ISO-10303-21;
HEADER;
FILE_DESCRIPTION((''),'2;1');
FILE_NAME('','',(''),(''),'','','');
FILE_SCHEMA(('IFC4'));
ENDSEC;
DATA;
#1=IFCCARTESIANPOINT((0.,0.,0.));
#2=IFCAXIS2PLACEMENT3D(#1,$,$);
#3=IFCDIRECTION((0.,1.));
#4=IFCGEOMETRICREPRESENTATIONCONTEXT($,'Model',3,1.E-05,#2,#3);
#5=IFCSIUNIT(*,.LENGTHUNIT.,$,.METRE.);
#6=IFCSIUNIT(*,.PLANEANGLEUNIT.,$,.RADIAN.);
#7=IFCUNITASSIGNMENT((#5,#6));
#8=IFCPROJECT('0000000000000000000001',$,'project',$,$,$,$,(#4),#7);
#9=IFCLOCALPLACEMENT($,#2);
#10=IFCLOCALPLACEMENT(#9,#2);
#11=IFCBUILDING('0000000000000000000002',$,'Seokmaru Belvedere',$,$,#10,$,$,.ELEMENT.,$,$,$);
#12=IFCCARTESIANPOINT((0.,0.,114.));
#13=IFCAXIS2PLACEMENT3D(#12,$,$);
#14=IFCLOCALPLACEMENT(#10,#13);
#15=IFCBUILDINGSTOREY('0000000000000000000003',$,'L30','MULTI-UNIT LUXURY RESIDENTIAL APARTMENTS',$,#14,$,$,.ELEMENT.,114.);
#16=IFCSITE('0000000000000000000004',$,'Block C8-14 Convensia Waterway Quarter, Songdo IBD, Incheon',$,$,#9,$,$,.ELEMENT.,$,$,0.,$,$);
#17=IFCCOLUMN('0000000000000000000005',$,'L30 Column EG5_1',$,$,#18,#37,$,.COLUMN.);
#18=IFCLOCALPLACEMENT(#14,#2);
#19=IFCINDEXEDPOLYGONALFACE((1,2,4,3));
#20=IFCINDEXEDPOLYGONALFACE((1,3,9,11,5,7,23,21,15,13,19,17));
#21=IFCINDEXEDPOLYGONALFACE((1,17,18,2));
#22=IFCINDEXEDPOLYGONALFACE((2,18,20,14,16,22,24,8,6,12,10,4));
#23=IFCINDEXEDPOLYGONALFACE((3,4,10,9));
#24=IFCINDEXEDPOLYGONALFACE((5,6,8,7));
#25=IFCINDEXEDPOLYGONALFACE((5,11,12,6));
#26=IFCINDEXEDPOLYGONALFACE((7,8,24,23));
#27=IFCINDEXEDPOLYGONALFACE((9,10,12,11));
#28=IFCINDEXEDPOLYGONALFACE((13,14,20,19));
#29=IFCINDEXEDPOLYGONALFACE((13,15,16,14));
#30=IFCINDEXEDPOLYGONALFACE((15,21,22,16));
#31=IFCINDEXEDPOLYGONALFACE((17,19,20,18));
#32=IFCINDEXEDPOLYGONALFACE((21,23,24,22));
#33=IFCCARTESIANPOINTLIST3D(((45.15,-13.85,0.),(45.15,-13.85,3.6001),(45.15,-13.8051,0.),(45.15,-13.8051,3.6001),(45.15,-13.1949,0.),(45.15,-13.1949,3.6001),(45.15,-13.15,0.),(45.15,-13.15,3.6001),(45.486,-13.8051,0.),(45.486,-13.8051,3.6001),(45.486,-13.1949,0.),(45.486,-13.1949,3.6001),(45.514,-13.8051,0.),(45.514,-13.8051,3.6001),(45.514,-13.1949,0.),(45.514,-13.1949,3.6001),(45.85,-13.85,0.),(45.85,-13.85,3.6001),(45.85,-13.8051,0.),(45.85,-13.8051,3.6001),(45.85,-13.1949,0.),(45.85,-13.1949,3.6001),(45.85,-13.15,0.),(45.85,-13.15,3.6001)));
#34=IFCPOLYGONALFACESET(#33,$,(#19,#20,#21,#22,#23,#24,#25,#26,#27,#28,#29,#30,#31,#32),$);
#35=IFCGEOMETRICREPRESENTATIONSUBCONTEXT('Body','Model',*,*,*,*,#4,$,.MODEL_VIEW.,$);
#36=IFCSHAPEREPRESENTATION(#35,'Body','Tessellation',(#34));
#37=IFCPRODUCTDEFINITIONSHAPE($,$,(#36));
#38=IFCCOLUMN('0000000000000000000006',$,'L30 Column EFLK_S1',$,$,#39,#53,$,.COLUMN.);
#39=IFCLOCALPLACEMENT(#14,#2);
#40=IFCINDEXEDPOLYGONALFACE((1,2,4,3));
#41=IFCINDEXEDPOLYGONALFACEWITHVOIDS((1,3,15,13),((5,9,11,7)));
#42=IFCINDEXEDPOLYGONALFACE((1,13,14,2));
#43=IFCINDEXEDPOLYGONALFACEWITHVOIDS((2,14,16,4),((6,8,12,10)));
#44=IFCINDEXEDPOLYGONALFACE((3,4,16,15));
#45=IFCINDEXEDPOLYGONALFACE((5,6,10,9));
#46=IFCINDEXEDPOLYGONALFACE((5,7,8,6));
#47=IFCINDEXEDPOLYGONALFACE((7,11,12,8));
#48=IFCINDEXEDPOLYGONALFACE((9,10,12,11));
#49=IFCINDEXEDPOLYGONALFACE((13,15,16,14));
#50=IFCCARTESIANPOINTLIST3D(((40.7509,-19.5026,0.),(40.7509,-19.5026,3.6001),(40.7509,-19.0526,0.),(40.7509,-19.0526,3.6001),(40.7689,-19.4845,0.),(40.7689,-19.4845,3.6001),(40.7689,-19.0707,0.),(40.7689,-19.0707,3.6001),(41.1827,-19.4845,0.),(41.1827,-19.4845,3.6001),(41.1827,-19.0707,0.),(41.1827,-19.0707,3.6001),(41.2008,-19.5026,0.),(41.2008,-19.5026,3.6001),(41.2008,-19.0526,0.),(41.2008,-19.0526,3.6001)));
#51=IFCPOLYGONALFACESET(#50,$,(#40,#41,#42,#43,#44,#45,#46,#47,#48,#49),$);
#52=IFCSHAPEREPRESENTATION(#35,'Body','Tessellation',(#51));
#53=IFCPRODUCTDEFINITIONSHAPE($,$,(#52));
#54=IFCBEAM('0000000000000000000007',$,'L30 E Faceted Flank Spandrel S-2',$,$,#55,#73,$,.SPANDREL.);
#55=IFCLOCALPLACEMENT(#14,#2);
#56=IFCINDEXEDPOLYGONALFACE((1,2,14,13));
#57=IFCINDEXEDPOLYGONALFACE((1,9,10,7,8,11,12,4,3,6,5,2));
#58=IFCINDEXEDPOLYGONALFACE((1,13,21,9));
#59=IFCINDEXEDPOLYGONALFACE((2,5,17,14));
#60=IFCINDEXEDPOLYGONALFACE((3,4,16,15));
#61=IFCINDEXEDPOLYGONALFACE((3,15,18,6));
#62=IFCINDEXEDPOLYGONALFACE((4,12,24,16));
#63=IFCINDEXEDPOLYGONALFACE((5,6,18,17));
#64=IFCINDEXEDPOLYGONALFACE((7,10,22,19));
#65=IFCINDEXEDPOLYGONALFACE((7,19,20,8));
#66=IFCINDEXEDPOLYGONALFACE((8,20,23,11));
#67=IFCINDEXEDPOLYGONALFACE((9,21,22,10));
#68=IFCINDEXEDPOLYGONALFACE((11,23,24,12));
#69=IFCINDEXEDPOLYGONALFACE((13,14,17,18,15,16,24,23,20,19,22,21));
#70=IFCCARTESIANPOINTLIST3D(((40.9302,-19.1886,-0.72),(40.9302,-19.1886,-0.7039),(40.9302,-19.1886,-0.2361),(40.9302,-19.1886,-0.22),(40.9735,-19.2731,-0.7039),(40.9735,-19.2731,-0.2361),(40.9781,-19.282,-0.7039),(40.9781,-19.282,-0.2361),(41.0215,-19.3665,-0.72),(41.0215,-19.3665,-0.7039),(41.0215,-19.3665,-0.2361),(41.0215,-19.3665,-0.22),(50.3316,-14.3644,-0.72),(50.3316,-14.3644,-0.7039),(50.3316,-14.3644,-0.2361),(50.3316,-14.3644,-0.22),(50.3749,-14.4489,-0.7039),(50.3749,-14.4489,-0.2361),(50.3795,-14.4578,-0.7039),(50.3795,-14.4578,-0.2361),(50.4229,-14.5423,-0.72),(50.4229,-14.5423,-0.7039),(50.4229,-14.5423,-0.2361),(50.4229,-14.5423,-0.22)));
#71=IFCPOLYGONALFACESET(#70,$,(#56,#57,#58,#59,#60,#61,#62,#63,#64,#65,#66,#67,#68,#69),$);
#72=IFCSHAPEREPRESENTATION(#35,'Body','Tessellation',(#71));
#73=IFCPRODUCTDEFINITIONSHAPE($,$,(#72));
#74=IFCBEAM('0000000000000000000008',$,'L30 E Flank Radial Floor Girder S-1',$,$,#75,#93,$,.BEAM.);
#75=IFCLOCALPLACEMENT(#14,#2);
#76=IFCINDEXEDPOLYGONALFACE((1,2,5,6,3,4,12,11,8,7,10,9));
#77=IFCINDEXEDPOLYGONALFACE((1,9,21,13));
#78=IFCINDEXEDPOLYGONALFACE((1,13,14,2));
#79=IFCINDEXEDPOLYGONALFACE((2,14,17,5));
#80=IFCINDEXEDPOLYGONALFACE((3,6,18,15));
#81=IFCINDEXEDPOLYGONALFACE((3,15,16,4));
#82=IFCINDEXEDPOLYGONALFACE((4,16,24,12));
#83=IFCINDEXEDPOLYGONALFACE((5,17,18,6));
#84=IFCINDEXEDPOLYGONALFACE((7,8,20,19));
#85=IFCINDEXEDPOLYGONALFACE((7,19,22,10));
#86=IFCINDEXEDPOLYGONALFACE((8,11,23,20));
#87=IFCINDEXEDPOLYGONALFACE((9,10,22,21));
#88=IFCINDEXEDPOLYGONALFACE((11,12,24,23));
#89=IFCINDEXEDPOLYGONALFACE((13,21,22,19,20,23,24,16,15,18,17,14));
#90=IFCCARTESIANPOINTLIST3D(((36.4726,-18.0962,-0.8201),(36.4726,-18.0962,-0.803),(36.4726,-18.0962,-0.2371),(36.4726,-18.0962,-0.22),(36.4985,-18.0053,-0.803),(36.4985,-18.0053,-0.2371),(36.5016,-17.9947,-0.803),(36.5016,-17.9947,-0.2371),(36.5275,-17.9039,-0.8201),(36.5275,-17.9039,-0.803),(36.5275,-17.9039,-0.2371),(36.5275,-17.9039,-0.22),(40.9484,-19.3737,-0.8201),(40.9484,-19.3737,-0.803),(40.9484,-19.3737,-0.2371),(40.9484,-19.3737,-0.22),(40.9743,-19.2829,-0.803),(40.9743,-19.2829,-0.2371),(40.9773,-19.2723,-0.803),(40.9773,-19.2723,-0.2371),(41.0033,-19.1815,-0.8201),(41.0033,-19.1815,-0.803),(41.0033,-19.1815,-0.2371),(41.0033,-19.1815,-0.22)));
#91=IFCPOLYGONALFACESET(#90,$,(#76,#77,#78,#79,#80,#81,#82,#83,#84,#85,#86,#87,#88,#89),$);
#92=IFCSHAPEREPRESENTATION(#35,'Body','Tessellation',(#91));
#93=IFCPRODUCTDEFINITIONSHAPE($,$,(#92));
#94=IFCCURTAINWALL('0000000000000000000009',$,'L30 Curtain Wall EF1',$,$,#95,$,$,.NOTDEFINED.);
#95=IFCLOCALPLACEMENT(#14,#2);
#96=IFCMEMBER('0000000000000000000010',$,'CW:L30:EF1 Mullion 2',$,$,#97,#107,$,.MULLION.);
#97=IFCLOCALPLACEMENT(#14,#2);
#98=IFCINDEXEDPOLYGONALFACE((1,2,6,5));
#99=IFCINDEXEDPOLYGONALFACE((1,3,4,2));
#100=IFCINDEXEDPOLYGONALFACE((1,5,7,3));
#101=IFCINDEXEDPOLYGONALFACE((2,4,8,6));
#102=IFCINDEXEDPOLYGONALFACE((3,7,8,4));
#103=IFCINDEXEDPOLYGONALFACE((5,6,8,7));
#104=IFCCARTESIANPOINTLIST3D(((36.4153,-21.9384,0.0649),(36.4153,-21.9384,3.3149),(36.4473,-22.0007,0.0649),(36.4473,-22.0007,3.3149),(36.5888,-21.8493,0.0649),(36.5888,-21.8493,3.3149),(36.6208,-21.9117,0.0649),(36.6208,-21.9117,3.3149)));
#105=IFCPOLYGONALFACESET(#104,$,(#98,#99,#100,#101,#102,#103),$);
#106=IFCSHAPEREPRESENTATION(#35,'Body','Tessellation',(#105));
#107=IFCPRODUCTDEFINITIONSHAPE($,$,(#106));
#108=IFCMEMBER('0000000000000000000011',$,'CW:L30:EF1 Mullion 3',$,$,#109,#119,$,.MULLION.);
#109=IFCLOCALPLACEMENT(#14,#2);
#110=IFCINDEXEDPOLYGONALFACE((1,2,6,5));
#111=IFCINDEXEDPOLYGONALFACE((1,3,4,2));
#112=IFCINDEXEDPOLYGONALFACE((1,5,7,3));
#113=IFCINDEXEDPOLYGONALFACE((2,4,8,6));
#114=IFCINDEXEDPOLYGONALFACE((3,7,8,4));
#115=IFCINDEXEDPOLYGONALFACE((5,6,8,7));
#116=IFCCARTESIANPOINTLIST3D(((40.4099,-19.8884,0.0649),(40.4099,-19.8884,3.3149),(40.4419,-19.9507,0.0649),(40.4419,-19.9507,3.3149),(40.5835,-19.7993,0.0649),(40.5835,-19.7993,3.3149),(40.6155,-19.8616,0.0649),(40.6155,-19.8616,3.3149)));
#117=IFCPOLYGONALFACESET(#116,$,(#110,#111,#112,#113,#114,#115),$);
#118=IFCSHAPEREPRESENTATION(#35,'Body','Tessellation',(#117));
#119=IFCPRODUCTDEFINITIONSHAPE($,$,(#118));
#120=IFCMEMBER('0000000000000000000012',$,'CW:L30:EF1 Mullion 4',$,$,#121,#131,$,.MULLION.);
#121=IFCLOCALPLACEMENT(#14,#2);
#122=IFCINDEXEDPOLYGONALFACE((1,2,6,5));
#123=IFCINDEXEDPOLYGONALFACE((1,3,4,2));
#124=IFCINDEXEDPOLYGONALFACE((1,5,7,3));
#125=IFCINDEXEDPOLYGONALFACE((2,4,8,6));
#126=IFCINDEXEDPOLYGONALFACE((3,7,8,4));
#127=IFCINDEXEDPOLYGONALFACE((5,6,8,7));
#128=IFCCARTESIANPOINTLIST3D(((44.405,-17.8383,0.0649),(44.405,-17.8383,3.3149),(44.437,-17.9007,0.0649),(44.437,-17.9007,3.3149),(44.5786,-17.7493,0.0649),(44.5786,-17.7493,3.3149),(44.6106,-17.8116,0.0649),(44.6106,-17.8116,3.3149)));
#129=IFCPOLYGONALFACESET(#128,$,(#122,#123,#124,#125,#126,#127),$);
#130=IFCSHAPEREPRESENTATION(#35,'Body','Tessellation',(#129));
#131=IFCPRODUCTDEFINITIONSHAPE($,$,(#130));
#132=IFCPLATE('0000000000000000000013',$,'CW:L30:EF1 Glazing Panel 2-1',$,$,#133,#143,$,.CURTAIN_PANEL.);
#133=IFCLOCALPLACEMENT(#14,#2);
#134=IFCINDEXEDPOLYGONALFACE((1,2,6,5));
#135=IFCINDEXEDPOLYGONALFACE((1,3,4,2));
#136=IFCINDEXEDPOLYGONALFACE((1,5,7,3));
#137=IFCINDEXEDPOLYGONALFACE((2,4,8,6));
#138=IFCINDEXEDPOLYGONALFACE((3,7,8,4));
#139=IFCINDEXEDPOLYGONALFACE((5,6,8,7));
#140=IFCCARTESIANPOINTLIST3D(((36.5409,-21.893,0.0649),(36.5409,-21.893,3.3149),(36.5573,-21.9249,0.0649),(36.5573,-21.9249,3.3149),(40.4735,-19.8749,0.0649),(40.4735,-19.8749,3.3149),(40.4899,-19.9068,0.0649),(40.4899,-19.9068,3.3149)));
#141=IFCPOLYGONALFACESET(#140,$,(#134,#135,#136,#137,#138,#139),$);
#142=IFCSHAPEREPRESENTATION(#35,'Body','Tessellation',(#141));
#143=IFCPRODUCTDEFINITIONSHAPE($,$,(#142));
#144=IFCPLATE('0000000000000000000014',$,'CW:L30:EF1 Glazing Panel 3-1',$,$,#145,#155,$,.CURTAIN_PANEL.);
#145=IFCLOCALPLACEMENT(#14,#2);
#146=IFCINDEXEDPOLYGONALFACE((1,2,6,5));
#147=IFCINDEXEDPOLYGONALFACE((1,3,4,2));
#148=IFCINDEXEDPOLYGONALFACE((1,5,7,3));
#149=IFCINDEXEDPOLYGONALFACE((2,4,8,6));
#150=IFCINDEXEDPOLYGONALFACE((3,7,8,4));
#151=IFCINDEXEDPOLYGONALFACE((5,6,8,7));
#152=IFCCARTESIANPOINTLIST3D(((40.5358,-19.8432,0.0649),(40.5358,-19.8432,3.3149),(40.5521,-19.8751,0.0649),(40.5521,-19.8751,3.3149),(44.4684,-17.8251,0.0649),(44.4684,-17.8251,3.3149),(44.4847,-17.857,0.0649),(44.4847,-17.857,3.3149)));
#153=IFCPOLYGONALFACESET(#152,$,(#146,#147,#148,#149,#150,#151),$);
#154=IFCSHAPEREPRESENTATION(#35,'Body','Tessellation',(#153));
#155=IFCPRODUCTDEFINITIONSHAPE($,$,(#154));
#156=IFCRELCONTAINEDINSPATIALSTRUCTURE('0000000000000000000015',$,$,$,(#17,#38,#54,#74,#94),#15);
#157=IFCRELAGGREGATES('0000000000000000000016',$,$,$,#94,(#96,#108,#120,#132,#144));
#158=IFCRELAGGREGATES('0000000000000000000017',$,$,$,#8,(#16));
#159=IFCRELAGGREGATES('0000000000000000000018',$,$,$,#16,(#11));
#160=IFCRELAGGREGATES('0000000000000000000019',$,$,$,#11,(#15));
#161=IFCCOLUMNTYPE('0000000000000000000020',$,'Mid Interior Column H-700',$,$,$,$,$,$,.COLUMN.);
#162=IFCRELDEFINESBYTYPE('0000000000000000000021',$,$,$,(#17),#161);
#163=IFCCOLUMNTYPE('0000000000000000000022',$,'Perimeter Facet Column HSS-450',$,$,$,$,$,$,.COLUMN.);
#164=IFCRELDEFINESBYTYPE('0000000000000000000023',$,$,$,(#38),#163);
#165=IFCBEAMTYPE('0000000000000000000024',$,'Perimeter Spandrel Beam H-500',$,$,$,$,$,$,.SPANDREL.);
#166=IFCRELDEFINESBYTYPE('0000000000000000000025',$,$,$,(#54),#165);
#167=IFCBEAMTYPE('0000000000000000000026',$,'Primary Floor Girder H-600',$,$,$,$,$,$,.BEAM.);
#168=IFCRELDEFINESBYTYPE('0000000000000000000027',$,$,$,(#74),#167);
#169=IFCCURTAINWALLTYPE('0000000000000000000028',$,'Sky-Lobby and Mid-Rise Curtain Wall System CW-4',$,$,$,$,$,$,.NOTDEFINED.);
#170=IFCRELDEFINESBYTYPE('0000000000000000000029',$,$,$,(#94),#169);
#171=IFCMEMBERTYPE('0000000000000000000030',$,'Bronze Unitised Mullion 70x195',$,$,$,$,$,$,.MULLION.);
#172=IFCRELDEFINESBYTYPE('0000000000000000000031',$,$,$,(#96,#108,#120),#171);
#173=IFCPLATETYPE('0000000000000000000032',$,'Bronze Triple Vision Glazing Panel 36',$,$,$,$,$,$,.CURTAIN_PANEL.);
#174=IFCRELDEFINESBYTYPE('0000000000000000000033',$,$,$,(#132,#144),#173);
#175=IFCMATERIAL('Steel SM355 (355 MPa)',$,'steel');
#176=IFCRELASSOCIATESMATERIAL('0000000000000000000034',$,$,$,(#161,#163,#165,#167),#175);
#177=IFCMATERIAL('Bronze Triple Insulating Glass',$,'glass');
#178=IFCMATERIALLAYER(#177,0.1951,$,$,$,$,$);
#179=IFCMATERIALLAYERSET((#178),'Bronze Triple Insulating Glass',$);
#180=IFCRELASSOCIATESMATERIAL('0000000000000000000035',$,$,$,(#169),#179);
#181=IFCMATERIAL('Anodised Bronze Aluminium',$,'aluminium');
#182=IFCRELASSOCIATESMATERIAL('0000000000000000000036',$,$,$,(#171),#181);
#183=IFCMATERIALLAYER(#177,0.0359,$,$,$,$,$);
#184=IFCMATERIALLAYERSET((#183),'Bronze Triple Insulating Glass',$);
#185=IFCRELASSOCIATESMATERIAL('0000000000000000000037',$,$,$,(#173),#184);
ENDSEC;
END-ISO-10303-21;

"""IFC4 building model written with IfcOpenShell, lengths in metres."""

from ifc_helpers import new_model, si_unit, direction, frame, origin, origin_2d, place, context, subcontext, project, spatial, rectangle, hollow_rectangle, i_section, extrude, source, transform, mapped, material, layer, layer_set, material_profile, profile_set, type_object, type_shapes, element, aggregate, save


model = new_model("IFC4")

# Units and contexts
model_context = context("Model", 3, precision=1e-05, world=origin(), true_north=direction((0.0, 1.0)))
body_context = subcontext(model_context, "Body", "Model", "MODEL_VIEW")
ifc_project = project(units=[si_unit("LENGTHUNIT", "METRE"), si_unit("PLANEANGLEUNIT", "RADIAN")], contexts=[model_context])

# Site, building, storey
site_placement = place(None, origin())
site = spatial("IfcSite", under=ifc_project, at=site_placement, Name="Block C8-14 Convensia Waterway Quarter, Songdo IBD, Incheon", CompositionType="ELEMENT", RefElevation=0.0)
building_placement = place(site_placement, origin())
building = spatial("IfcBuilding", under=site, at=building_placement, Name="Seokmaru Belvedere", CompositionType="ELEMENT")
storey_placement = place(building_placement, frame((0.0, 0.0, 114.0)))
storey = spatial("IfcBuildingStorey", under=building, at=storey_placement, Name="L30", Description="MULTI-UNIT LUXURY RESIDENTIAL APARTMENTS", CompositionType="ELEMENT", Elevation=114.0)

# Columns
ifc_material_1 = material(Name="Steel SM355 (355 MPa)", Category="steel")
ifc_material_profile_1 = material_profile(ifc_material_1, i_section(OverallWidth=0.7, OverallDepth=0.7, WebThickness=0.0281, FlangeThickness=0.0449, at=origin_2d()), Name="H-700x700x28x45")
ifc_profile_set_1 = profile_set([ifc_material_profile_1], Name="Steel SM355 (355 MPa)")
column_type_1 = type_object("IfcColumnType", Name="Mid Interior Column H-700", PredefinedType="COLUMN", material=ifc_profile_set_1)
shared_shape_1 = source(origin(), body_context, "Body", "SweptSolid", [
    extrude(i_section(OverallWidth=0.7, OverallDepth=0.7, WebThickness=0.0281, FlangeThickness=0.0449, at=origin_2d()), origin(), (0.0, 0.0, 1.0), 3.6001),
])
type_shapes(column_type_1, [shared_shape_1])
column_1_placement = place(storey_placement, frame((45.5, -13.5, 0.0), z_axis=(0.0, 0.0, 1.0), x_axis=(1.0, 0.0, 0.0)))
element("IfcColumn", 1, at=column_1_placement, inside=storey, type_object=column_type_1, Name="L30 Column EG5_1", PredefinedType="COLUMN", context=body_context, shape_type="MappedRepresentation", body=[
    mapped(shared_shape_1, transform((0.0, 0.0, 0.0), scale=1.0)),
])
ifc_material_profile_2 = material_profile(ifc_material_1, hollow_rectangle(XDim=0.45, YDim=0.45, WallThickness=0.0181, at=origin_2d()), Name="HSS-450x450x18")
ifc_profile_set_2 = profile_set([ifc_material_profile_2], Name="Steel SM355 (355 MPa)")
column_type_2 = type_object("IfcColumnType", Name="Perimeter Facet Column HSS-450", PredefinedType="COLUMN", material=ifc_profile_set_2)
shared_shape_2 = source(origin(), body_context, "Body", "SweptSolid", [
    extrude(hollow_rectangle(XDim=0.45, YDim=0.45, WallThickness=0.0181, at=origin_2d()), origin(), (0.0, 0.0, 1.0), 3.6001),
])
type_shapes(column_type_2, [shared_shape_2])
column_2_placement = place(storey_placement, frame((40.9758, -19.2776, 0.0), z_axis=(0.0, 0.0, 1.0), x_axis=(1.0, 0.0, 0.0)))
element("IfcColumn", 2, at=column_2_placement, inside=storey, type_object=column_type_2, Name="L30 Column EFLK_S1", PredefinedType="COLUMN", context=body_context, shape_type="MappedRepresentation", body=[
    mapped(shared_shape_2, transform((0.0, 0.0, 0.0), scale=1.0)),
])

# Beams
ifc_material_profile_3 = material_profile(ifc_material_1, i_section(OverallWidth=0.2, OverallDepth=0.5, WebThickness=0.01, FlangeThickness=0.0161, at=origin_2d()), Name="H-500x200x10x16")
ifc_profile_set_3 = profile_set([ifc_material_profile_3], Name="Steel SM355 (355 MPa)")
beam_type_1 = type_object("IfcBeamType", Name="Perimeter Spandrel Beam H-500", PredefinedType="SPANDREL", material=ifc_profile_set_3)
shared_shape_3 = source(origin(), body_context, "Body", "SweptSolid", [
    extrude(i_section(OverallWidth=0.2, OverallDepth=0.5, WebThickness=0.01, FlangeThickness=0.0161, at=origin_2d()), origin(), (0.0, 0.0, 1.0), 10.5669),
])
type_shapes(beam_type_1, [shared_shape_3])
beam_1_placement = place(storey_placement, frame((40.9758, -19.2776, -0.47), z_axis=(0.889702, 0.456542, 0.0), x_axis=(-0.456542, 0.889702, 0.0)))
element("IfcBeam", 3, at=beam_1_placement, inside=storey, type_object=beam_type_1, Name="L30 E Faceted Flank Spandrel S-2", PredefinedType="SPANDREL", context=body_context, shape_type="MappedRepresentation", body=[
    mapped(shared_shape_3, transform((0.0, 0.0, 0.0), scale=1.0)),
])
ifc_material_profile_4 = material_profile(ifc_material_1, i_section(OverallWidth=0.2, OverallDepth=0.6001, WebThickness=0.011, FlangeThickness=0.0171, at=origin_2d()), Name="H-600x200x11x17")
ifc_profile_set_4 = profile_set([ifc_material_profile_4], Name="Steel SM355 (355 MPa)")
beam_type_2 = type_object("IfcBeamType", Name="Primary Floor Girder H-600", PredefinedType="BEAM", material=ifc_profile_set_4)
shared_shape_4 = source(origin(), body_context, "Body", "SweptSolid", [
    extrude(i_section(OverallWidth=0.2, OverallDepth=0.6001, WebThickness=0.011, FlangeThickness=0.0171, at=origin_2d()), origin(), (0.0, 0.0, 1.0), 4.6545),
])
type_shapes(beam_type_2, [shared_shape_4])
beam_2_placement = place(storey_placement, frame((40.9758, -19.2776, -0.52), z_axis=(-0.961593, 0.274479, 0.0), x_axis=(-0.274479, -0.961593, 0.0)))
element("IfcBeam", 4, at=beam_2_placement, inside=storey, type_object=beam_type_2, Name="L30 E Flank Radial Floor Girder S-1", PredefinedType="BEAM", context=body_context, shape_type="MappedRepresentation", body=[
    mapped(shared_shape_4, transform((0.0, 0.0, 0.0), scale=1.0)),
])

# Curtain wall, members, plates
ifc_material_2 = material(Name="Bronze Triple Insulating Glass", Category="glass")
ifc_layer_1 = layer(ifc_material_2, 0.1951)
ifc_layer_set_1 = layer_set([ifc_layer_1], Name="Bronze Triple Insulating Glass")
curtain_wall_type = type_object("IfcCurtainWallType", Name="Sky-Lobby and Mid-Rise Curtain Wall System CW-4", PredefinedType="NOTDEFINED", material=ifc_layer_set_1)
curtain_wall_placement = place(storey_placement, origin())
curtain_wall = element("IfcCurtainWall", 5, at=curtain_wall_placement, inside=storey, type_object=curtain_wall_type, Name="L30 Curtain Wall EF1", PredefinedType="NOTDEFINED")
ifc_material_3 = material(Name="Anodised Bronze Aluminium", Category="aluminium")
ifc_material_profile_5 = material_profile(ifc_material_3, rectangle(XDim=0.0701, YDim=0.1951, at=origin_2d()), Name="CW-M-70x195")
ifc_profile_set_5 = profile_set([ifc_material_profile_5], Name="Anodised Bronze Aluminium")
member_type = type_object("IfcMemberType", Name="Bronze Unitised Mullion 70x195", PredefinedType="MULLION", material=ifc_profile_set_5)
shared_shape_5 = source(origin(), body_context, "Body", "SweptSolid", [
    extrude(rectangle(XDim=0.0701, YDim=0.1951, at=origin_2d()), origin(), (0.0, 0.0, 1.0), 3.25),
])
type_shapes(member_type, [shared_shape_5])
member_1_placement = place(storey_placement, frame((36.5181, -21.925, 0.0649), z_axis=(0.0, 0.0, 1.0), x_axis=(-0.456555, 0.889695, 0.0)))
member_1 = element("IfcMember", 6, at=member_1_placement, type_object=member_type, Name="CW:L30:EF1 Mullion 2", PredefinedType="MULLION", context=body_context, shape_type="MappedRepresentation", body=[
    mapped(shared_shape_5, transform((0.0, 0.0, 0.0), scale=1.0)),
])
member_2_placement = place(storey_placement, frame((40.5127, -19.875, 0.0649), z_axis=(0.0, 0.0, 1.0), x_axis=(-0.456555, 0.889695, 0.0)))
member_2 = element("IfcMember", 7, at=member_2_placement, type_object=member_type, Name="CW:L30:EF1 Mullion 3", PredefinedType="MULLION", context=body_context, shape_type="MappedRepresentation", body=[
    mapped(shared_shape_5, transform((0.0, 0.0, 0.0), scale=1.0)),
])
member_3_placement = place(storey_placement, frame((44.5078, -17.825, 0.0649), z_axis=(0.0, 0.0, 1.0), x_axis=(-0.456555, 0.889695, 0.0)))
member_3 = element("IfcMember", 8, at=member_3_placement, type_object=member_type, Name="CW:L30:EF1 Mullion 4", PredefinedType="MULLION", context=body_context, shape_type="MappedRepresentation", body=[
    mapped(shared_shape_5, transform((0.0, 0.0, 0.0), scale=1.0)),
])
ifc_layer_2 = layer(ifc_material_2, 0.0359)
ifc_layer_set_2 = layer_set([ifc_layer_2], Name="Bronze Triple Insulating Glass")
plate_type = type_object("IfcPlateType", Name="Bronze Triple Vision Glazing Panel 36", PredefinedType="CURTAIN_PANEL", material=ifc_layer_set_2)
shared_shape_6 = source(origin(), body_context, "Body", "SweptSolid", [
    extrude(rectangle(XDim=4.4202, YDim=0.0359, at=origin_2d()), origin(), (0.0, 0.0, 1.0), 3.25),
])
type_shapes(plate_type, [shared_shape_6])
plate_1_placement = place(storey_placement, frame((38.5154, -20.8999, 0.0649), z_axis=(0.0, 0.0, 1.0), x_axis=(0.889695, 0.456555, 0.0)))
plate_1 = element("IfcPlate", 9, at=plate_1_placement, type_object=plate_type, Name="CW:L30:EF1 Glazing Panel 2-1", PredefinedType="CURTAIN_PANEL", context=body_context, shape_type="MappedRepresentation", body=[
    mapped(shared_shape_6, transform((0.0, 0.0, 0.0), scale=1.0)),
])
plate_2_placement = place(storey_placement, frame((42.5103, -18.8501, 0.0649), z_axis=(0.0, 0.0, 1.0), x_axis=(0.889695, 0.456555, 0.0)))
plate_2 = element("IfcPlate", 10, at=plate_2_placement, type_object=plate_type, Name="CW:L30:EF1 Glazing Panel 3-1", PredefinedType="CURTAIN_PANEL", context=body_context, shape_type="MappedRepresentation", body=[
    mapped(shared_shape_6, transform((0.0, 0.0, 0.0), scale=1.0)),
])
aggregate(curtain_wall, [member_1, member_2, member_3, plate_1, plate_2])

save(model, "model.ifc")
